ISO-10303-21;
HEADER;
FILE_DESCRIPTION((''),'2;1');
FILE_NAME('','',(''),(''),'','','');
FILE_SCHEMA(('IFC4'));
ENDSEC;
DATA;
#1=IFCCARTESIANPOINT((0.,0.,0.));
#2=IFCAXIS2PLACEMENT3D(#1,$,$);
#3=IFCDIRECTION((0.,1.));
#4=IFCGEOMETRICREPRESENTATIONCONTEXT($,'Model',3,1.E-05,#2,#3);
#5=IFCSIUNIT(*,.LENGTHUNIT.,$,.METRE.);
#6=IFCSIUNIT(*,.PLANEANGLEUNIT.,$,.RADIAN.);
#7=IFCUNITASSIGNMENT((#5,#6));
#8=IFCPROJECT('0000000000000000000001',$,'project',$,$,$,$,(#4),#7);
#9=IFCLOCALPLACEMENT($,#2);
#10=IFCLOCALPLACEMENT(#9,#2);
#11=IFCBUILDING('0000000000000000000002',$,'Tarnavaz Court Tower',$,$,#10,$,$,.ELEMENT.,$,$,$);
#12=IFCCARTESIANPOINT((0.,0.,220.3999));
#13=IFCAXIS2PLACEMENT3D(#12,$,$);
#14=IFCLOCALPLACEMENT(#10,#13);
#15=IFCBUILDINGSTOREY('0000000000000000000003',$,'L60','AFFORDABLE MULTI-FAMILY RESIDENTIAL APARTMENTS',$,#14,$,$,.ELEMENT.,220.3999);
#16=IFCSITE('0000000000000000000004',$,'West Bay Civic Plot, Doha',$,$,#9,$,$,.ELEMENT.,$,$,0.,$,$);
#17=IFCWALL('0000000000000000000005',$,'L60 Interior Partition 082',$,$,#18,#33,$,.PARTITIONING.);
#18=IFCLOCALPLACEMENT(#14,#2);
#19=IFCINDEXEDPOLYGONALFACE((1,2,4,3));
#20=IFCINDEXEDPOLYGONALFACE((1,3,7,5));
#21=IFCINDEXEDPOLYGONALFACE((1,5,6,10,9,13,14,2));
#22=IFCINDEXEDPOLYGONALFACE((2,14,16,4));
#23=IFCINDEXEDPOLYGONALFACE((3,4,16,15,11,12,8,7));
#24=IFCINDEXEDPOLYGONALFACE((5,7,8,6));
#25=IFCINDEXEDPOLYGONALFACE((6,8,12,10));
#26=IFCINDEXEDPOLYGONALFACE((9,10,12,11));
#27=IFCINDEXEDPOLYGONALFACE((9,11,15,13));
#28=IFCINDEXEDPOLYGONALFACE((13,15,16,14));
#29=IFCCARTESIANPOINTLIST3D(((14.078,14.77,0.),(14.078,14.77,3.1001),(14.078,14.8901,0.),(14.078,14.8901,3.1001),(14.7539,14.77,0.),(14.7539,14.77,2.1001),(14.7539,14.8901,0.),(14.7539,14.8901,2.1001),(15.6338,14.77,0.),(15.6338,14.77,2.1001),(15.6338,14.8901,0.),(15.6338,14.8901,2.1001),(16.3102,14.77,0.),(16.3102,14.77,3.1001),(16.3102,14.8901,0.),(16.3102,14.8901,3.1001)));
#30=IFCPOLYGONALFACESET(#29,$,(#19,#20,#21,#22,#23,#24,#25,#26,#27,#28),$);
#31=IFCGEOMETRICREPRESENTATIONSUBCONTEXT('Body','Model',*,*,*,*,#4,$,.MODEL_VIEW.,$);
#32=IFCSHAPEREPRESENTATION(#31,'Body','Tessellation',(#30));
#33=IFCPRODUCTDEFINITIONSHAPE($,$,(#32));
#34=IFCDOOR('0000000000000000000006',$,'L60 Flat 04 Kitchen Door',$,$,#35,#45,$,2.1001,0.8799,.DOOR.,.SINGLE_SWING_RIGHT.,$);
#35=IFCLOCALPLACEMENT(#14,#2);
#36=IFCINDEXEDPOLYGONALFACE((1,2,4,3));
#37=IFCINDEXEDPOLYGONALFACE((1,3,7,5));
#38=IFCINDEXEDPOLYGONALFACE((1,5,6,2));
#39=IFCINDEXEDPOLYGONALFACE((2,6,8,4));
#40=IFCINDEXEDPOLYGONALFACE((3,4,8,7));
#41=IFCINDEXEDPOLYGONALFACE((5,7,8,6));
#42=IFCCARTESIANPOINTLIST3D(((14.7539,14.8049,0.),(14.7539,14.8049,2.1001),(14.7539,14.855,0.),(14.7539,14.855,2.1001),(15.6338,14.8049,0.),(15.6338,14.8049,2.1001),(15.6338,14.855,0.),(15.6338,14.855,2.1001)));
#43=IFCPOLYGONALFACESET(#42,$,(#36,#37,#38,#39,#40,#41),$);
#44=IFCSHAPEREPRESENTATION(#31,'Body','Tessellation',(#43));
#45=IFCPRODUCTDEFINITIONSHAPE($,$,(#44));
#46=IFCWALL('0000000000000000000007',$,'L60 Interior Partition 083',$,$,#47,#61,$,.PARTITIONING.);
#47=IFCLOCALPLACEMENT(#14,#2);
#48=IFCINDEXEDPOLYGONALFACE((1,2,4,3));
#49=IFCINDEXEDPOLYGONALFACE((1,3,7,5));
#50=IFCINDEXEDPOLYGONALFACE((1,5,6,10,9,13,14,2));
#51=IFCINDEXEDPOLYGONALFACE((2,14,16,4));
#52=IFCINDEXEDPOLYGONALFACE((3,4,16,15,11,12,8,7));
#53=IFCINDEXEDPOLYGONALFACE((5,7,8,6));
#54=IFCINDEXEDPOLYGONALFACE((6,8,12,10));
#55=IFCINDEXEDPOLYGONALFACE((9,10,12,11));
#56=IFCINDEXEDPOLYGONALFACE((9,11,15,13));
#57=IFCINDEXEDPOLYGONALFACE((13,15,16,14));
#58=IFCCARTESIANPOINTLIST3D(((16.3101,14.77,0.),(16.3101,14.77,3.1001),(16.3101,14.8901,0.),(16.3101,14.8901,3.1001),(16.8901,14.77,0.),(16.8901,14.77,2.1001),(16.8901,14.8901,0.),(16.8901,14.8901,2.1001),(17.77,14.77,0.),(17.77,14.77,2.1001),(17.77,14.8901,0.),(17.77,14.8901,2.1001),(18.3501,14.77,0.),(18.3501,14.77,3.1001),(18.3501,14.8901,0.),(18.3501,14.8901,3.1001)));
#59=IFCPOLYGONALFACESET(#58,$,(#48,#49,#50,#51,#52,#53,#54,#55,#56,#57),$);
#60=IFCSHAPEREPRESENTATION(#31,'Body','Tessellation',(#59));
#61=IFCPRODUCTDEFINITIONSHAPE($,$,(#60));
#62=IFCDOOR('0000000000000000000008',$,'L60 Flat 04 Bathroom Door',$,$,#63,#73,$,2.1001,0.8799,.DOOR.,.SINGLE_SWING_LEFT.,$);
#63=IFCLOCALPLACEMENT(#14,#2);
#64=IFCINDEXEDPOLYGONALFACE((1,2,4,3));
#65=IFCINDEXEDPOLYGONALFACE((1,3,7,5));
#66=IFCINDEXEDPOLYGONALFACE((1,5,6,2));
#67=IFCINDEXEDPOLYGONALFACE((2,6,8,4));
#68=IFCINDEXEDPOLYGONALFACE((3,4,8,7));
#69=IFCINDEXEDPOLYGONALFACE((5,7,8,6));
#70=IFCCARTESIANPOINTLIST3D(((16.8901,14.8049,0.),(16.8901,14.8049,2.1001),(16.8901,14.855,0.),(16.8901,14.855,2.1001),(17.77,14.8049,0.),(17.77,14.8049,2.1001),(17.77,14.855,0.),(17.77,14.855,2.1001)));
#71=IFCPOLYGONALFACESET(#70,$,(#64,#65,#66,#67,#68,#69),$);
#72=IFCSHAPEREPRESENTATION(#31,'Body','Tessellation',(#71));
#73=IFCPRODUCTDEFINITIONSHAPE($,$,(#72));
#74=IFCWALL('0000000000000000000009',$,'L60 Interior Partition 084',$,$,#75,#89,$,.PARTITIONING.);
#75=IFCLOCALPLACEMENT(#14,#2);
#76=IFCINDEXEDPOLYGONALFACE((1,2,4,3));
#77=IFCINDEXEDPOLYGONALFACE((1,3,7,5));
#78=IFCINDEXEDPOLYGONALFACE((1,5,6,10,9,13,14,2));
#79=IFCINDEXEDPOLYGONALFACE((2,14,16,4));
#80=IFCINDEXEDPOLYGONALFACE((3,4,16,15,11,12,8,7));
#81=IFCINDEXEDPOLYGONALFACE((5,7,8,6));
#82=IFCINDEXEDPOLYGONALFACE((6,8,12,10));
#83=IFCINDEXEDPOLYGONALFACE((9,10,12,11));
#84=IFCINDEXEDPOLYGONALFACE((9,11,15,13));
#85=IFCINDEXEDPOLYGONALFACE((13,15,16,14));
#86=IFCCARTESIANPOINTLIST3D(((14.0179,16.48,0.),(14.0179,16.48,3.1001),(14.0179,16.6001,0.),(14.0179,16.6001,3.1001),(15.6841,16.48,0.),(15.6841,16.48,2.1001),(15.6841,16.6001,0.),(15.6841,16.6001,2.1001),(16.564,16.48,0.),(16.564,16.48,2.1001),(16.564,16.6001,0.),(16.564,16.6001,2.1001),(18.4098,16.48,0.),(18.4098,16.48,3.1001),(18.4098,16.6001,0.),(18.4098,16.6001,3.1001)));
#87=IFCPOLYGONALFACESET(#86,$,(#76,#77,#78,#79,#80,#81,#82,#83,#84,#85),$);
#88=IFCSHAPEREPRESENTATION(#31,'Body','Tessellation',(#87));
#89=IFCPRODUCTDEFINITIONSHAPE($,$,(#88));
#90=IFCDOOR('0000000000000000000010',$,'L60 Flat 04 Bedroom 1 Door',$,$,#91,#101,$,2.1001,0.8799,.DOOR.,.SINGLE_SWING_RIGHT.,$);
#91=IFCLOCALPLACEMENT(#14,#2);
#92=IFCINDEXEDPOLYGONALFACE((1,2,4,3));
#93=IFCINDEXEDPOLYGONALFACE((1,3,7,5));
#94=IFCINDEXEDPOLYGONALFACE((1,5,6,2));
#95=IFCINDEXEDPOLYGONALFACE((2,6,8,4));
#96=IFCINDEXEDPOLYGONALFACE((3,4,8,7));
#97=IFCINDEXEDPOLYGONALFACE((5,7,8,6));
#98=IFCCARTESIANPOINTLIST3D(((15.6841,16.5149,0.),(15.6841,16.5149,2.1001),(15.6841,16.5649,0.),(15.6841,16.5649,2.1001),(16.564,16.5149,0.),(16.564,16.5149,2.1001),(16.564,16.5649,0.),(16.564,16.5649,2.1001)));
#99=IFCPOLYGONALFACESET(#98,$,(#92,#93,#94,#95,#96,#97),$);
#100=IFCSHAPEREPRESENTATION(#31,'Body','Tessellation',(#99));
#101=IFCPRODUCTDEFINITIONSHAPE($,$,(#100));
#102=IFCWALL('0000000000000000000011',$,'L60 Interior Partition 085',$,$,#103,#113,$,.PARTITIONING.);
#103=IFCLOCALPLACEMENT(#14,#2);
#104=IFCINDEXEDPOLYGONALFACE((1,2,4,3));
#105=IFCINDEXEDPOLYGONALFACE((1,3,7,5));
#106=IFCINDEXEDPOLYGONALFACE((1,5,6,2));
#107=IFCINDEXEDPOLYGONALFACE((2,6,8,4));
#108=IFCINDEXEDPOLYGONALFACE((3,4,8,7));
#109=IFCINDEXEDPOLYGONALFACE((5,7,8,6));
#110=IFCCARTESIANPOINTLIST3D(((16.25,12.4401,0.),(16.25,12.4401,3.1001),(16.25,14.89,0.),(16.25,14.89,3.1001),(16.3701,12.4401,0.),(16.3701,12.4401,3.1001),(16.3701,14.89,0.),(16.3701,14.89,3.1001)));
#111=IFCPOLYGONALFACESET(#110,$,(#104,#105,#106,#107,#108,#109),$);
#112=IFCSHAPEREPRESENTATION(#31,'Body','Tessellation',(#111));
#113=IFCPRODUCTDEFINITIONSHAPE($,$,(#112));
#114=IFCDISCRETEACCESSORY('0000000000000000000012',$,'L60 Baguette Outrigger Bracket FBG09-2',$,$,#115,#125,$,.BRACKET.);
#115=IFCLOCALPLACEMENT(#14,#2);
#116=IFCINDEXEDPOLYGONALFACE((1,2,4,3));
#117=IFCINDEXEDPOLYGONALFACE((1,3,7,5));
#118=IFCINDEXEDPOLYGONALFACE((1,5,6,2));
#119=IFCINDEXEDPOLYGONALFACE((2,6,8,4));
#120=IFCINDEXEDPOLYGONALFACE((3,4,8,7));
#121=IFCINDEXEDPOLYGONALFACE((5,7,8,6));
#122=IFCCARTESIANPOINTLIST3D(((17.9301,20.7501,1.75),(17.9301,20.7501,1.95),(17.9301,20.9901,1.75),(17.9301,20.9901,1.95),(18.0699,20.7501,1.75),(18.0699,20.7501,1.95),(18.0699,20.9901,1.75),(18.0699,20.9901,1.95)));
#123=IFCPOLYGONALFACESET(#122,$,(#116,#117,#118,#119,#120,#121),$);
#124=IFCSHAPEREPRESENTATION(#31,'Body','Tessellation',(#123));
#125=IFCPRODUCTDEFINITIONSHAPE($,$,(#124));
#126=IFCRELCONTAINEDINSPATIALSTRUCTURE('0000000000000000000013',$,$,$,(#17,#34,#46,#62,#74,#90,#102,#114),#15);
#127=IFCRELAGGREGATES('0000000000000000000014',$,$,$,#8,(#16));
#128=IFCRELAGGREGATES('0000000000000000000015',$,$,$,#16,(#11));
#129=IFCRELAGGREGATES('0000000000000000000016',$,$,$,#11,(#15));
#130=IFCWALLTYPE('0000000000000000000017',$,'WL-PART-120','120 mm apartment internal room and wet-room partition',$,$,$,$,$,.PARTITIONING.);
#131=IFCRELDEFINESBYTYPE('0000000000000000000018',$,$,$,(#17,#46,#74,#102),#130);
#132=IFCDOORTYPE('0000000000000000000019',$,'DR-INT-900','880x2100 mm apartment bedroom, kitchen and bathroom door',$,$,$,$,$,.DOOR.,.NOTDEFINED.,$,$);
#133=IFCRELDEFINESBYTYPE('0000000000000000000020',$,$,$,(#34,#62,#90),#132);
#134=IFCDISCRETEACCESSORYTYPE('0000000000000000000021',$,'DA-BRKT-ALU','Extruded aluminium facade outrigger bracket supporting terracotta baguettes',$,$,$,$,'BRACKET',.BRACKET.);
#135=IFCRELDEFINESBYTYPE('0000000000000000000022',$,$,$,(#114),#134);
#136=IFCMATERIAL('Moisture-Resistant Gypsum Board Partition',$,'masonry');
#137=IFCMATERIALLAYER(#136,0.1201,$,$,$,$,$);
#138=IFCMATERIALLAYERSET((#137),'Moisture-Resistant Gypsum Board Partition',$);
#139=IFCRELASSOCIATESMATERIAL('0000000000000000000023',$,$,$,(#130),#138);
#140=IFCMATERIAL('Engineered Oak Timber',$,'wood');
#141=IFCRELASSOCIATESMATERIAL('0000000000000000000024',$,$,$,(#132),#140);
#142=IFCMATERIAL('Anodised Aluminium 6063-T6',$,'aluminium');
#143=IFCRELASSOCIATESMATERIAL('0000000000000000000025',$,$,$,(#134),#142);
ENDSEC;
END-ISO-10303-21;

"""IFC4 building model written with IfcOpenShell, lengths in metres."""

from ifc_helpers import new_model, si_unit, direction, frame, frame_2d, origin, origin_2d, place, context, subcontext, project, spatial, rectangle, extrude, material, layer, layer_set, type_object, element, fill, save


model = new_model("IFC4")

# Units and contexts
model_context = context("Model", 3, precision=1e-05, world=origin(), true_north=direction((0.0, 1.0)))
body_context = subcontext(model_context, "Body", "Model", "MODEL_VIEW")
ifc_project = project(units=[si_unit("LENGTHUNIT", "METRE"), si_unit("PLANEANGLEUNIT", "RADIAN")], contexts=[model_context])

# Site, building, storey
site_placement = place(None, origin())
site = spatial("IfcSite", under=ifc_project, at=site_placement, Name="West Bay Civic Plot, Doha", CompositionType="ELEMENT", RefElevation=0.0)
building_placement = place(site_placement, origin())
building = spatial("IfcBuilding", under=site, at=building_placement, Name="Tarnavaz Court Tower", CompositionType="ELEMENT")
storey_placement = place(building_placement, frame((0.0, 0.0, 220.3999)))
storey = spatial("IfcBuildingStorey", under=building, at=storey_placement, Name="L60", Description="AFFORDABLE MULTI-FAMILY RESIDENTIAL APARTMENTS", CompositionType="ELEMENT", Elevation=220.3999)

# Walls, openings, doors
ifc_material_1 = material(Name="Moisture-Resistant Gypsum Board Partition", Category="masonry")
ifc_layer_1 = layer(ifc_material_1, 0.1201)
ifc_layer_set_1 = layer_set([ifc_layer_1], Name="Moisture-Resistant Gypsum Board Partition")
wall_type_1 = type_object("IfcWallType", Name="WL-PART-120", Description="120 mm apartment internal room and wet-room partition", PredefinedType="PARTITIONING", material=ifc_layer_set_1)
ifc_material_2 = material(Name="Engineered Oak Timber", Category="wood")
wall_1_placement = place(storey_placement, frame((14.0779, 14.8301, 0.0), z_axis=(0.0, 0.0, 1.0), x_axis=(1.0, 0.0, 0.0)))
wall_1 = element("IfcWall", 1, at=wall_1_placement, inside=storey, type_object=wall_type_1, Name="L60 Interior Partition 082", PredefinedType="PARTITIONING", context=body_context, shape_type="SweptSolid", body=[
    extrude(rectangle(XDim=2.2322, YDim=0.1201, at=frame_2d((1.1162, 0.0))), origin(), (0.0, 0.0, 1.0), 3.1001),
])
opening_1_placement = place(wall_1_placement, frame((0.676, 0.0, 0.0)))
opening_1 = element("IfcOpeningElement", 2, at=opening_1_placement, cuts=wall_1, PredefinedType="OPENING", context=body_context, shape_type="SweptSolid", body=[
    extrude(rectangle(XDim=0.8799, YDim=2.1001, at=frame_2d((0.4399, 1.05))), frame((0.0, 0.0701, 0.0), z_axis=(0.0, -1.0, 0.0), x_axis=(1.0, 0.0, 0.0)), (0.0, 0.0, 1.0), 0.1401),
])
door_type_1 = type_object("IfcDoorType", Name="DR-INT-900", Description="880x2100 mm apartment bedroom, kitchen and bathroom door", OperationType="NOTDEFINED", PredefinedType="DOOR", material=ifc_material_2)
door_1_placement = place(opening_1_placement, origin())
door_1 = element("IfcDoor", 3, at=door_1_placement, inside=storey, type_object=door_type_1, Name="L60 Flat 04 Kitchen Door", OperationType="SINGLE_SWING_RIGHT", OverallHeight=2.1001, OverallWidth=0.8799, PredefinedType="DOOR", context=body_context, shape_type="SweptSolid", body=[
    extrude(rectangle(XDim=0.8799, YDim=2.1001, at=frame_2d((0.4399, 1.05))), frame((0.0, 0.0249, 0.0), z_axis=(0.0, -1.0, 0.0), x_axis=(1.0, 0.0, 0.0)), (0.0, 0.0, 1.0), 0.05),
])
fill(opening_1, door_1)
wall_2_placement = place(storey_placement, frame((16.3101, 14.8301, 0.0), z_axis=(0.0, 0.0, 1.0), x_axis=(1.0, 0.0, 0.0)))
wall_2 = element("IfcWall", 4, at=wall_2_placement, inside=storey, type_object=wall_type_1, Name="L60 Interior Partition 083", PredefinedType="PARTITIONING", context=body_context, shape_type="SweptSolid", body=[
    extrude(rectangle(XDim=2.04, YDim=0.1201, at=frame_2d((1.02, 0.0))), origin(), (0.0, 0.0, 1.0), 3.1001),
])
opening_2_placement = place(wall_2_placement, frame((0.5801, 0.0, 0.0)))
opening_2 = element("IfcOpeningElement", 5, at=opening_2_placement, cuts=wall_2, PredefinedType="OPENING", context=body_context, shape_type="SweptSolid", body=[
    extrude(rectangle(XDim=0.8799, YDim=2.1001, at=frame_2d((0.4399, 1.05))), frame((0.0, 0.0701, 0.0), z_axis=(0.0, -1.0, 0.0), x_axis=(1.0, 0.0, 0.0)), (0.0, 0.0, 1.0), 0.1401),
])
door_2_placement = place(opening_2_placement, origin())
door_2 = element("IfcDoor", 6, at=door_2_placement, inside=storey, type_object=door_type_1, Name="L60 Flat 04 Bathroom Door", OperationType="SINGLE_SWING_LEFT", OverallHeight=2.1001, OverallWidth=0.8799, PredefinedType="DOOR", context=body_context, shape_type="SweptSolid", body=[
    extrude(rectangle(XDim=0.8799, YDim=2.1001, at=frame_2d((0.4399, 1.05))), frame((0.0, 0.0249, 0.0), z_axis=(0.0, -1.0, 0.0), x_axis=(1.0, 0.0, 0.0)), (0.0, 0.0, 1.0), 0.05),
])
fill(opening_2, door_2)
wall_3_placement = place(storey_placement, frame((14.0181, 16.54, 0.0), z_axis=(0.0, 0.0, 1.0), x_axis=(1.0, 0.0, 0.0)))
wall_3 = element("IfcWall", 7, at=wall_3_placement, inside=storey, type_object=wall_type_1, Name="L60 Interior Partition 084", PredefinedType="PARTITIONING", context=body_context, shape_type="SweptSolid", body=[
    extrude(rectangle(XDim=4.3918, YDim=0.1201, at=frame_2d((2.1958, 0.0))), origin(), (0.0, 0.0, 1.0), 3.1001),
])
opening_3_placement = place(wall_3_placement, frame((1.666, 0.0, 0.0)))
opening_3 = element("IfcOpeningElement", 8, at=opening_3_placement, cuts=wall_3, PredefinedType="OPENING", context=body_context, shape_type="SweptSolid", body=[
    extrude(rectangle(XDim=0.8799, YDim=2.1001, at=frame_2d((0.4399, 1.05))), frame((0.0, 0.0701, 0.0), z_axis=(0.0, -1.0, 0.0), x_axis=(1.0, 0.0, 0.0)), (0.0, 0.0, 1.0), 0.1401),
])
door_3_placement = place(opening_3_placement, origin())
door_3 = element("IfcDoor", 9, at=door_3_placement, inside=storey, type_object=door_type_1, Name="L60 Flat 04 Bedroom 1 Door", OperationType="SINGLE_SWING_RIGHT", OverallHeight=2.1001, OverallWidth=0.8799, PredefinedType="DOOR", context=body_context, shape_type="SweptSolid", body=[
    extrude(rectangle(XDim=0.8799, YDim=2.1001, at=frame_2d((0.4399, 1.05))), frame((0.0, 0.0249, 0.0), z_axis=(0.0, -1.0, 0.0), x_axis=(1.0, 0.0, 0.0)), (0.0, 0.0, 1.0), 0.05),
])
fill(opening_3, door_3)

# Wall
wall_4_placement = place(storey_placement, frame((16.3101, 12.4399, 0.0), z_axis=(0.0, 0.0, 1.0), x_axis=(0.0, 1.0, 0.0)))
element("IfcWall", 10, at=wall_4_placement, inside=storey, type_object=wall_type_1, Name="L60 Interior Partition 085", PredefinedType="PARTITIONING", context=body_context, shape_type="SweptSolid", body=[
    extrude(rectangle(XDim=2.45, YDim=0.1201, at=frame_2d((1.2251, 0.0))), origin(), (0.0, 0.0, 1.0), 3.1001),
])

# Discrete accessory
ifc_material_3 = material(Name="Anodised Aluminium 6063-T6", Category="aluminium")
discrete_accessory_type = type_object("IfcDiscreteAccessoryType", Name="DA-BRKT-ALU", Description="Extruded aluminium facade outrigger bracket supporting terracotta baguettes", ElementType="BRACKET", PredefinedType="BRACKET", material=ifc_material_3)
discrete_accessory_placement = place(storey_placement, frame((18.0, 20.8701, 1.75), z_axis=(0.0, 0.0, 1.0), x_axis=(1.0, 0.0, 0.0)))
element("IfcDiscreteAccessory", 11, at=discrete_accessory_placement, inside=storey, type_object=discrete_accessory_type, Name="L60 Baguette Outrigger Bracket FBG09-2", PredefinedType="BRACKET", context=body_context, shape_type="SweptSolid", body=[
    extrude(rectangle(XDim=0.1399, YDim=0.24, at=origin_2d()), origin(), (0.0, 0.0, 1.0), 0.2),
])

save(model, "model.ifc")
